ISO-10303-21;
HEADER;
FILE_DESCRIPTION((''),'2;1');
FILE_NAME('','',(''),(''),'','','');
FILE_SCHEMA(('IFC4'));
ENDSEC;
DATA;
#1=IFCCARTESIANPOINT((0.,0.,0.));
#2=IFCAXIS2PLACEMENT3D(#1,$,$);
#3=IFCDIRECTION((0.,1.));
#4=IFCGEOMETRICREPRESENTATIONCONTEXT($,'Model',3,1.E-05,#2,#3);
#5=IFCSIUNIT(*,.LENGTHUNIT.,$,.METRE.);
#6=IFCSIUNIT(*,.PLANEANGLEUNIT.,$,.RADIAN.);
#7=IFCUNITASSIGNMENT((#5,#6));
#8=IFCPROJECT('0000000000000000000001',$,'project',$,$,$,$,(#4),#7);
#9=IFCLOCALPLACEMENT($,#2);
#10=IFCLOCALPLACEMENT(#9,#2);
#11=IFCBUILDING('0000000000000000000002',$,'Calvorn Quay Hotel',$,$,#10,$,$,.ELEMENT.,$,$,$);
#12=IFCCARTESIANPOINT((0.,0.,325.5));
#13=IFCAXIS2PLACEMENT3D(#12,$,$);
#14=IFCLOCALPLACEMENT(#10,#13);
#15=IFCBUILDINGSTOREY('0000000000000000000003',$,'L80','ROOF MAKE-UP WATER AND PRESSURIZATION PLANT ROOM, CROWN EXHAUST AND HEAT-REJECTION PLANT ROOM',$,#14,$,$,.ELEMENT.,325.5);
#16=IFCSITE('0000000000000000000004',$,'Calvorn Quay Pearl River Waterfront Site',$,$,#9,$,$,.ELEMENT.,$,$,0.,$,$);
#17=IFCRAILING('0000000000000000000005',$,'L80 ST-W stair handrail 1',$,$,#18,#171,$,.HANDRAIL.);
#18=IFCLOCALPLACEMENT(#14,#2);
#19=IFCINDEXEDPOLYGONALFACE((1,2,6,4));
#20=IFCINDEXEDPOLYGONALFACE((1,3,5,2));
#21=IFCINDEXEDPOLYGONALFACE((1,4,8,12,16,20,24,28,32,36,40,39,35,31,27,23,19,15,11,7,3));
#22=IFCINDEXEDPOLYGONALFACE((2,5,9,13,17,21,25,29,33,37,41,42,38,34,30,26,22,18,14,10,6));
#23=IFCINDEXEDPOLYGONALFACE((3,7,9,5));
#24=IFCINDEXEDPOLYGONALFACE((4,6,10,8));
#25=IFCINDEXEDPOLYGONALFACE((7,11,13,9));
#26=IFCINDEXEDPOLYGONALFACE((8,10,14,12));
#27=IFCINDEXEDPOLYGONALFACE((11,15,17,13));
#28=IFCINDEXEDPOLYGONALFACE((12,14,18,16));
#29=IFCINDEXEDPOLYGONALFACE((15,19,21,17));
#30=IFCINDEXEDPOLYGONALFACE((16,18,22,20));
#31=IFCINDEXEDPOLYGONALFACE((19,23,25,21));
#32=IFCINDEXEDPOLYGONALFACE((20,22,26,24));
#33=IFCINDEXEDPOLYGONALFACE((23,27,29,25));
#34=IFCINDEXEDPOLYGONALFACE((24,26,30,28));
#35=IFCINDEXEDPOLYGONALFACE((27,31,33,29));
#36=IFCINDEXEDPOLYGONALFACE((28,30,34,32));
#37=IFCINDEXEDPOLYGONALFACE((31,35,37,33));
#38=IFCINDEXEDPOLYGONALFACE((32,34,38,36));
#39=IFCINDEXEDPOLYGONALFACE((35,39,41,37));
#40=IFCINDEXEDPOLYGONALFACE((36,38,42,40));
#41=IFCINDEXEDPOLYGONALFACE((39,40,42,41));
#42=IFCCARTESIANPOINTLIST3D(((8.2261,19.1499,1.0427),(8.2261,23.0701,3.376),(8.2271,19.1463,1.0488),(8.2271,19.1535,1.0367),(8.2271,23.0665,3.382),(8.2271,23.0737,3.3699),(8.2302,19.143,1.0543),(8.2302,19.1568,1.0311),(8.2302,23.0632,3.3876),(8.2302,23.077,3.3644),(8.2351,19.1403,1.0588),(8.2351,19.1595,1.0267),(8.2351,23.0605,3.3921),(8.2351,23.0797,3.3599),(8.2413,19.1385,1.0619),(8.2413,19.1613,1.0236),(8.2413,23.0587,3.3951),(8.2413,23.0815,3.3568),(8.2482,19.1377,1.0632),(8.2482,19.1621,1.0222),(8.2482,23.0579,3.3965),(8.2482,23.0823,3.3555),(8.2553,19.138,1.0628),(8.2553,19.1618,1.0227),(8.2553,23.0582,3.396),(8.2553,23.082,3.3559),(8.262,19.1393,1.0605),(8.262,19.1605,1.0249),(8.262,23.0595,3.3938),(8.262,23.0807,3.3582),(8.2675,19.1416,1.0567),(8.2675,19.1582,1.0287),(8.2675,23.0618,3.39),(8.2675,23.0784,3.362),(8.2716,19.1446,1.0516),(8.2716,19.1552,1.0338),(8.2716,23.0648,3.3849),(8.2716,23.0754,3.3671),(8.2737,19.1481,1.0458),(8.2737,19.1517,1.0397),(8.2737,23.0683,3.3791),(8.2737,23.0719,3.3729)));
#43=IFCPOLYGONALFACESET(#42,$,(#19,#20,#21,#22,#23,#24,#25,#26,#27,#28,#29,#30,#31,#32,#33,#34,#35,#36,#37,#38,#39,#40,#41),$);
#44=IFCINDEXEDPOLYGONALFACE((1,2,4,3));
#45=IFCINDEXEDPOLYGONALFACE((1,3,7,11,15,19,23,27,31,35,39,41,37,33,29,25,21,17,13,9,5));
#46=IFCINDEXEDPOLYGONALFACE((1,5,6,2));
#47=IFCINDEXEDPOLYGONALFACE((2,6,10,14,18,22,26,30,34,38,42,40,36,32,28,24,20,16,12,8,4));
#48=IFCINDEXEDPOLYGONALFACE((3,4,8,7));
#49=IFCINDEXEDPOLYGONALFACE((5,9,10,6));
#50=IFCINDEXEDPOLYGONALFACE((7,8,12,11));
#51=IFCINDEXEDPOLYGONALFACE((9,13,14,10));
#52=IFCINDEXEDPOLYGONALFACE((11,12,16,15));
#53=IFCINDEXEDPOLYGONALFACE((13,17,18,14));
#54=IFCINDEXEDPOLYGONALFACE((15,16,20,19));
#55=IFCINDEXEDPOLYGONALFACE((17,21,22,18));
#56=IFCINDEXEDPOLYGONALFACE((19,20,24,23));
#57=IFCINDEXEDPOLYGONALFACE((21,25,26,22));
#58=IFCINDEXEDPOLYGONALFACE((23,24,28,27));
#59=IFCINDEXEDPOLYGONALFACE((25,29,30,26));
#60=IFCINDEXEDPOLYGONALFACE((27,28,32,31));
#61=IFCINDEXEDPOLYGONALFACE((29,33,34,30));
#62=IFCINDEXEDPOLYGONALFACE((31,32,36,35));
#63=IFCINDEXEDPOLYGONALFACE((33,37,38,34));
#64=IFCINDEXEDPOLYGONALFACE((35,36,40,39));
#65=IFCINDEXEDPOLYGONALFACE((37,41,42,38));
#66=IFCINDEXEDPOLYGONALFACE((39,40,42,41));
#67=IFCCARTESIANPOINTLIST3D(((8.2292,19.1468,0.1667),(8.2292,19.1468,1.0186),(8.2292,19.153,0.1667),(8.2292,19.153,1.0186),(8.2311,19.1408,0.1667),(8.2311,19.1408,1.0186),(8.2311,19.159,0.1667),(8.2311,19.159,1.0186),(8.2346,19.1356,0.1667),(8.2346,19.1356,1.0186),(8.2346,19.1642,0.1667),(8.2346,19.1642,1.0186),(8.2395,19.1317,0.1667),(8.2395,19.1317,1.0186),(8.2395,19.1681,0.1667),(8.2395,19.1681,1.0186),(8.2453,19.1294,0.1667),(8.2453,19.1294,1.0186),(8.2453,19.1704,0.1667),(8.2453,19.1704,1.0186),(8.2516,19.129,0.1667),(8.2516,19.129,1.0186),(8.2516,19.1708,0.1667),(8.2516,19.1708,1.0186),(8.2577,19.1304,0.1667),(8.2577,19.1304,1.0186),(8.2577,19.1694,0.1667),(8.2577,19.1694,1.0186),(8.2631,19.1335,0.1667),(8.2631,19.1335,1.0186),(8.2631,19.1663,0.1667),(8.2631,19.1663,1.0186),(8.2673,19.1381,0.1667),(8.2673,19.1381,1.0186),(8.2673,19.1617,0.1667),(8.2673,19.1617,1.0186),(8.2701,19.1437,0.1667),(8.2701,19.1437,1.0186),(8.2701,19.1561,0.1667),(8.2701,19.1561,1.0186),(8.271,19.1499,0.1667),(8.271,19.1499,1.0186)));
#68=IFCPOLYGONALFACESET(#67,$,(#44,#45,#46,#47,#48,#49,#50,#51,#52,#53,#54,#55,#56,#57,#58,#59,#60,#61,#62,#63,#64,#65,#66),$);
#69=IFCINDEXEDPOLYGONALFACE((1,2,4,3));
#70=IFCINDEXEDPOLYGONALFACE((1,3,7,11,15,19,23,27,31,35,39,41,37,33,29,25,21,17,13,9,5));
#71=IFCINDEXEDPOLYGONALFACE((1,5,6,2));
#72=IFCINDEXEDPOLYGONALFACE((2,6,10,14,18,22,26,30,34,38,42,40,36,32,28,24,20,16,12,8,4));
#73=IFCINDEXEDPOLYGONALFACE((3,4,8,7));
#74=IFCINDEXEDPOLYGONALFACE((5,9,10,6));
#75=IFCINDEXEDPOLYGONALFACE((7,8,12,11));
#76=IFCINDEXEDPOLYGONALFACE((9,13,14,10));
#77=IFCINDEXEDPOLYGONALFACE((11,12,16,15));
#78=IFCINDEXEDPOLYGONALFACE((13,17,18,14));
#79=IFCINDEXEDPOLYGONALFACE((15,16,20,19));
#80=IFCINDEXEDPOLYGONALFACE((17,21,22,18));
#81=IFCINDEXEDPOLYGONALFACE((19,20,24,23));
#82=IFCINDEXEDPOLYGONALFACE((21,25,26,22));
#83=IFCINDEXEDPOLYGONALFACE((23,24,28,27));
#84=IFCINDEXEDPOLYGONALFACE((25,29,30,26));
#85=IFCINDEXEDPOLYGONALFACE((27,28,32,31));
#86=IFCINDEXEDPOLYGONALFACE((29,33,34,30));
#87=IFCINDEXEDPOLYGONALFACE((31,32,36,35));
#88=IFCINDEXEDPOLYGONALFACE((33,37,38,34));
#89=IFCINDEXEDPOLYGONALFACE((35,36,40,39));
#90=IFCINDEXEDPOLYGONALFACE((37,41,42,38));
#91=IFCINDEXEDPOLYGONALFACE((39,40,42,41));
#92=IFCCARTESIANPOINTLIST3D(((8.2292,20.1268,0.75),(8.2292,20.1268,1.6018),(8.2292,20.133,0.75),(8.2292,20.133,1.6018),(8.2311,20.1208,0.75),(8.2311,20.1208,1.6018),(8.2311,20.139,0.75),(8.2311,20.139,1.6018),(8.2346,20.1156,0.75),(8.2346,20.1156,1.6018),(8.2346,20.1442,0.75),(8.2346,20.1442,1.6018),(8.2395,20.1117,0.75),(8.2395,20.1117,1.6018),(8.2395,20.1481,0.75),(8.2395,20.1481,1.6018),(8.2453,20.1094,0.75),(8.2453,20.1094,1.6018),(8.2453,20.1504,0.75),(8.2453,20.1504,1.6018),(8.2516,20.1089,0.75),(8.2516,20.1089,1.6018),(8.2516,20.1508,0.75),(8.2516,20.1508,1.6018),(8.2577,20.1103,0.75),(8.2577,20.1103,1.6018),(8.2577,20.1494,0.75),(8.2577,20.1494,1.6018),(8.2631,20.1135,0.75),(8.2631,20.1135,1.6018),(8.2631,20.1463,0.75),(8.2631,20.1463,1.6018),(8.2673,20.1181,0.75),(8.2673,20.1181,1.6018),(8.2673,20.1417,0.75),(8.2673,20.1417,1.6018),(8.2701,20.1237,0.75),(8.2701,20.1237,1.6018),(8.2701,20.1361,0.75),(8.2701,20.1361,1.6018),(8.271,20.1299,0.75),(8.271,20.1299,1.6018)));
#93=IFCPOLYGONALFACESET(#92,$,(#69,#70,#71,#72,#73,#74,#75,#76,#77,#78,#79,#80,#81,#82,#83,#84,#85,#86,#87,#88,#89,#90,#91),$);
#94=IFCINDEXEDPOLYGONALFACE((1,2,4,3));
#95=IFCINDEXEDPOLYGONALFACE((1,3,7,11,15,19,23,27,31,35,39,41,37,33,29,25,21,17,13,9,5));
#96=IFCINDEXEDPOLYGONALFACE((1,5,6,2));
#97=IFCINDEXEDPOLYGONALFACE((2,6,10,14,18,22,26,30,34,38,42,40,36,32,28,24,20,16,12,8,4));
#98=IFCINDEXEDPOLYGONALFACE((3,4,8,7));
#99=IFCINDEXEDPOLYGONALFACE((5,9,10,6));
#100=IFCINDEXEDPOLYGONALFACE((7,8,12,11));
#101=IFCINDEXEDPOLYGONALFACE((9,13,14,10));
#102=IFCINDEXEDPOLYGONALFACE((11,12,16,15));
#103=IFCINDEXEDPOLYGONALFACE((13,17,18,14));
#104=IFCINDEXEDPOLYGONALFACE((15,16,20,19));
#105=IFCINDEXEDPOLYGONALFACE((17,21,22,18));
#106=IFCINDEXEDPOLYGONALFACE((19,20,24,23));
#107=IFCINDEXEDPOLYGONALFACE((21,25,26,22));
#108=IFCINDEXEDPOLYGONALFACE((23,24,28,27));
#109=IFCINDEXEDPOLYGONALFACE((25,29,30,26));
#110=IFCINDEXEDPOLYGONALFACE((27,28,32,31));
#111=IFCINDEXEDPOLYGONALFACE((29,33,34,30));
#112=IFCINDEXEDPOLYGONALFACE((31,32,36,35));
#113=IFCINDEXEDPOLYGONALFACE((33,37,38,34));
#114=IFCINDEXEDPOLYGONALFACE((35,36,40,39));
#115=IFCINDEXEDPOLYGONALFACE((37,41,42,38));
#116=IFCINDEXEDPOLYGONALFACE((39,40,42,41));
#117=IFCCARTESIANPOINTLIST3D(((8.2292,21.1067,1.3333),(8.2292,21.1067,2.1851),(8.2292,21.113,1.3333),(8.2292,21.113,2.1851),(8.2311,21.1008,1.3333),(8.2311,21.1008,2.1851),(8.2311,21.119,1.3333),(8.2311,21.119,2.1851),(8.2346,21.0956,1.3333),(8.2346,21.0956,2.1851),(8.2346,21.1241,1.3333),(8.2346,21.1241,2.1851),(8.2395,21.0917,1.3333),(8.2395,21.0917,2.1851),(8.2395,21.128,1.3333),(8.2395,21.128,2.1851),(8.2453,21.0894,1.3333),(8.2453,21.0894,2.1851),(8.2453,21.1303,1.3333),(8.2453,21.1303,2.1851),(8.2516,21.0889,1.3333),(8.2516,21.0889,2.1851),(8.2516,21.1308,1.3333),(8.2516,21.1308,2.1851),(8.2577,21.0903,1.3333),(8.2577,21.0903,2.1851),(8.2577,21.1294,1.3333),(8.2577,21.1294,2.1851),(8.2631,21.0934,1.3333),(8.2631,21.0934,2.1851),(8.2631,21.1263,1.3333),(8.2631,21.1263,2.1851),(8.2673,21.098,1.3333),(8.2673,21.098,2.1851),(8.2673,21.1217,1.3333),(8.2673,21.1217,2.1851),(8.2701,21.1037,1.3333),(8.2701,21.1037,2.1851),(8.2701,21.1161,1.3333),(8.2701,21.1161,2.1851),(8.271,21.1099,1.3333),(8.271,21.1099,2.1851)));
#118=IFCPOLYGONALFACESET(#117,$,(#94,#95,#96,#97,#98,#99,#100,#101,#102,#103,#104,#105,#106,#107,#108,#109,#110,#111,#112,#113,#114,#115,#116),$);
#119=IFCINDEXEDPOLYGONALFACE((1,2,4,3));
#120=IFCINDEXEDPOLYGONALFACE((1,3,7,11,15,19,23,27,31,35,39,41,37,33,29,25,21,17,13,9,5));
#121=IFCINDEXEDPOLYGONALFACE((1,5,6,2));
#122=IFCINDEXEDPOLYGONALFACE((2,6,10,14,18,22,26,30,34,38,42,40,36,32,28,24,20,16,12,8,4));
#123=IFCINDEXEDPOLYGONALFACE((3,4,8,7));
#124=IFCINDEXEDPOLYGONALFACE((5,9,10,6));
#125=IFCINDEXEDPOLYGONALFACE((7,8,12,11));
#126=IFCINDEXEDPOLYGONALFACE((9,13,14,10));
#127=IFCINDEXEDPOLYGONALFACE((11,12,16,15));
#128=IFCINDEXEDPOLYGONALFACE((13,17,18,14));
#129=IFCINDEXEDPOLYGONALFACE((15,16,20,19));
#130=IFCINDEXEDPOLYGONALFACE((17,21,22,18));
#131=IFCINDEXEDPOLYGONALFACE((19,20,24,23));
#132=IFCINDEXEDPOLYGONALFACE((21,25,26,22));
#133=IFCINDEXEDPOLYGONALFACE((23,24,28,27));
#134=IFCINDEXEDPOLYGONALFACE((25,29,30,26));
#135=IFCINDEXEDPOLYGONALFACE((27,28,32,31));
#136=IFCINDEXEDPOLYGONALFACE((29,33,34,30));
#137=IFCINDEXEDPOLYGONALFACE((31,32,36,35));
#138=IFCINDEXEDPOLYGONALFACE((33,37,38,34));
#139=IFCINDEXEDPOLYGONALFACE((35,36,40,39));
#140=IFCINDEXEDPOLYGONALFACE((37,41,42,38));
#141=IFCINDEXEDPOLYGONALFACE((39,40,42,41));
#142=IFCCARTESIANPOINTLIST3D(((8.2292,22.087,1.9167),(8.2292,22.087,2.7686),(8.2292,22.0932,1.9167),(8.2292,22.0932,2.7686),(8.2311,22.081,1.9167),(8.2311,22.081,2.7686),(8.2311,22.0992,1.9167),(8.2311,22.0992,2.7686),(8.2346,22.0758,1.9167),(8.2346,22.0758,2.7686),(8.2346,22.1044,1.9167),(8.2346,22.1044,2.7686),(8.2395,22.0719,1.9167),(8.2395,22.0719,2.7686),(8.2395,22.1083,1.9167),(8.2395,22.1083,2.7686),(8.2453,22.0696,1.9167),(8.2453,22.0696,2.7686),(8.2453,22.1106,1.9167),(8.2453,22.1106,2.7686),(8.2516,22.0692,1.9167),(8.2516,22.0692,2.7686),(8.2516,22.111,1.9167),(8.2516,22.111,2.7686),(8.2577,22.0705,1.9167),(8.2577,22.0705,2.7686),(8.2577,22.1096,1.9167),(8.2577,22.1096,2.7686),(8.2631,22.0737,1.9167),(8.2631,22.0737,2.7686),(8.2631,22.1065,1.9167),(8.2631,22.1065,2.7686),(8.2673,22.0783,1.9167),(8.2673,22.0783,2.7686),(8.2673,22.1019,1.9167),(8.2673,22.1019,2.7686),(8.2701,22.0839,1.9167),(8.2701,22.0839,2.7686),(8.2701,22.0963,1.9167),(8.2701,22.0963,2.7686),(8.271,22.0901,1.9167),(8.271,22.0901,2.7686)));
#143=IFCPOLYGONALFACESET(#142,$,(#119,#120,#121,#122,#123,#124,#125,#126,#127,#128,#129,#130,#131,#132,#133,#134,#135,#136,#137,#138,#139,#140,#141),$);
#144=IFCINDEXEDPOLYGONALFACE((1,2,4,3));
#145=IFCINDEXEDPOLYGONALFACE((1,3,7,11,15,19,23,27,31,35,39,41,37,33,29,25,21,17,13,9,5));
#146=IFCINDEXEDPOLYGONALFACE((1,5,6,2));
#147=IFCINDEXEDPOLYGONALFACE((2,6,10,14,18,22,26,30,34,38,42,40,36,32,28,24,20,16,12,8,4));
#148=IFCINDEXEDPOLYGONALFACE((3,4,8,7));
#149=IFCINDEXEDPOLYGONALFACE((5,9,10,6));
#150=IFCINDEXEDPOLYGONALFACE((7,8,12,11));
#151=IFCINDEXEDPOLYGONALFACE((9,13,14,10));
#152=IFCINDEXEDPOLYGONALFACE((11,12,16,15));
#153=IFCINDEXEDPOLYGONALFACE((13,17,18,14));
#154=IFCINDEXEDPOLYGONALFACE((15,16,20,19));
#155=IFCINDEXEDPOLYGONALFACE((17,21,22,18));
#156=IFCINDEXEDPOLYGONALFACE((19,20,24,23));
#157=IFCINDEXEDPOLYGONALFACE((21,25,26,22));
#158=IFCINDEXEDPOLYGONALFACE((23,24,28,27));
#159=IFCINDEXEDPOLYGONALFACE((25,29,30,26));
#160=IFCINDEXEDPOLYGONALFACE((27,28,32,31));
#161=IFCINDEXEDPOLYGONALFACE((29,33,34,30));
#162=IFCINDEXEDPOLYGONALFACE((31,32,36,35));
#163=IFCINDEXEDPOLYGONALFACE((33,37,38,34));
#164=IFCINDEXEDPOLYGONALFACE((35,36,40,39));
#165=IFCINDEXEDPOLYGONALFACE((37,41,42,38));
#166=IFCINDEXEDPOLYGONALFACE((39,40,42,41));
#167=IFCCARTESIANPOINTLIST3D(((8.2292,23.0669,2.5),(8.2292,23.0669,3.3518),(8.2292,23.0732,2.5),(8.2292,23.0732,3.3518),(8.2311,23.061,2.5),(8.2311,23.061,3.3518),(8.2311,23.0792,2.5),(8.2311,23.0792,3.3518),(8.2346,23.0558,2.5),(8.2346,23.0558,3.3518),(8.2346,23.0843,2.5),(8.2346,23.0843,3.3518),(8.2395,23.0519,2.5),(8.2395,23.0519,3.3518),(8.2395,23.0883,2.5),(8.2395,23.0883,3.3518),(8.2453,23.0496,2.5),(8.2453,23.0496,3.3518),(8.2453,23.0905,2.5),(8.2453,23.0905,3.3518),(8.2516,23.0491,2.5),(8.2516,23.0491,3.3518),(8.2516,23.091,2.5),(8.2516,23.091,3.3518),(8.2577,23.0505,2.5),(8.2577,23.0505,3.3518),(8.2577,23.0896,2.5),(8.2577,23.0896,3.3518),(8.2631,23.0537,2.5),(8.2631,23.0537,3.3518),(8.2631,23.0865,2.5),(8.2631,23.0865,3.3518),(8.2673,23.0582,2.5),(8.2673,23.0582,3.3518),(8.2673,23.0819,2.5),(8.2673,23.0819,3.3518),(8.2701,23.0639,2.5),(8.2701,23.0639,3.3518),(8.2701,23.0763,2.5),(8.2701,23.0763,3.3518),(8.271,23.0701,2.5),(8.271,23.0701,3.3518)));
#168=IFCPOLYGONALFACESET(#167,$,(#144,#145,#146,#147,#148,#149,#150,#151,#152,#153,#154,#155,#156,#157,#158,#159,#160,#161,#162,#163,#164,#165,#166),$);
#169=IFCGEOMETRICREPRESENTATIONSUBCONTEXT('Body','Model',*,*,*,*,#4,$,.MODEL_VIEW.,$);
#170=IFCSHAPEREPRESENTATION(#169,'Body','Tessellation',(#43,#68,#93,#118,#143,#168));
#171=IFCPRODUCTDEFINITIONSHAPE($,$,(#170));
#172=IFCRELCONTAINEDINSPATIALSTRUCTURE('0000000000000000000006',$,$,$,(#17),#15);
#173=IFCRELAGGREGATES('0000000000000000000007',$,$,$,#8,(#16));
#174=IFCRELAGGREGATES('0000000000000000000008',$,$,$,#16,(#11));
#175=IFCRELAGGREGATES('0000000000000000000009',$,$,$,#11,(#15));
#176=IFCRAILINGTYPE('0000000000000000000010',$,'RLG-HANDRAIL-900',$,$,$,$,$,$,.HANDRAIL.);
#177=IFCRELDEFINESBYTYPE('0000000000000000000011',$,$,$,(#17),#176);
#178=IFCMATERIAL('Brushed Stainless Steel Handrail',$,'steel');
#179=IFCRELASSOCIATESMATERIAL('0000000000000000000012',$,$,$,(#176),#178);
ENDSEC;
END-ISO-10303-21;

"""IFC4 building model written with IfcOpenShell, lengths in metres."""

from ifc_helpers import new_model, si_unit, direction, frame, origin, origin_2d, place, context, subcontext, project, spatial, circle, extrude, material, type_object, element, save


model = new_model("IFC4")

# Units and contexts
model_context = context("Model", 3, precision=1e-05, world=origin(), true_north=direction((0.0, 1.0)))
body_context = subcontext(model_context, "Body", "Model", "MODEL_VIEW")
ifc_project = project(units=[si_unit("LENGTHUNIT", "METRE"), si_unit("PLANEANGLEUNIT", "RADIAN")], contexts=[model_context])

# Site, building, storey
site_placement = place(None, origin())
site = spatial("IfcSite", under=ifc_project, at=site_placement, Name="Calvorn Quay Pearl River Waterfront Site", CompositionType="ELEMENT", RefElevation=0.0)
building_placement = place(site_placement, origin())
building = spatial("IfcBuilding", under=site, at=building_placement, Name="Calvorn Quay Hotel", CompositionType="ELEMENT")
storey_placement = place(building_placement, frame((0.0, 0.0, 325.5)))
storey = spatial("IfcBuildingStorey", under=building, at=storey_placement, Name="L80", Description="ROOF MAKE-UP WATER AND PRESSURIZATION PLANT ROOM, CROWN EXHAUST AND HEAT-REJECTION PLANT ROOM", CompositionType="ELEMENT", Elevation=325.5)

# Railing
ifc_material_1 = material(Name="Brushed Stainless Steel Handrail", Category="steel")
railing_type_1 = type_object("IfcRailingType", Name="RLG-HANDRAIL-900", PredefinedType="HANDRAIL", material=ifc_material_1)
railing_1_placement = place(storey_placement, frame((8.25, 19.1499, 0.1667)))
element("IfcRailing", 1, at=railing_1_placement, inside=storey, type_object=railing_type_1, Name="L80 ST-W stair handrail 1", PredefinedType="HANDRAIL", context=body_context, shape_type="SweptSolid", body=[
    extrude(circle(Radius=0.0239, at=origin_2d()), frame((0.0, 0.0, 0.876), z_axis=(0.0, 0.85931, 0.511455), x_axis=(-1.0, 0.0, 0.0)), (0.0, 0.0, 1.0), 4.562),
    extrude(circle(Radius=0.021, at=origin_2d()), origin(), (0.0, 0.0, 1.0), 0.8518),
    extrude(circle(Radius=0.021, at=origin_2d()), frame((0.0, 0.98, 0.5833)), (0.0, 0.0, 1.0), 0.8518),
    extrude(circle(Radius=0.021, at=origin_2d()), frame((0.0, 1.96, 1.1665)), (0.0, 0.0, 1.0), 0.8518),
    extrude(circle(Radius=0.021, at=origin_2d()), frame((0.0, 2.9402, 1.75)), (0.0, 0.0, 1.0), 0.8518),
    extrude(circle(Radius=0.021, at=origin_2d()), frame((0.0, 3.9202, 2.3333)), (0.0, 0.0, 1.0), 0.8518),
])

save(model, "model.ifc")
